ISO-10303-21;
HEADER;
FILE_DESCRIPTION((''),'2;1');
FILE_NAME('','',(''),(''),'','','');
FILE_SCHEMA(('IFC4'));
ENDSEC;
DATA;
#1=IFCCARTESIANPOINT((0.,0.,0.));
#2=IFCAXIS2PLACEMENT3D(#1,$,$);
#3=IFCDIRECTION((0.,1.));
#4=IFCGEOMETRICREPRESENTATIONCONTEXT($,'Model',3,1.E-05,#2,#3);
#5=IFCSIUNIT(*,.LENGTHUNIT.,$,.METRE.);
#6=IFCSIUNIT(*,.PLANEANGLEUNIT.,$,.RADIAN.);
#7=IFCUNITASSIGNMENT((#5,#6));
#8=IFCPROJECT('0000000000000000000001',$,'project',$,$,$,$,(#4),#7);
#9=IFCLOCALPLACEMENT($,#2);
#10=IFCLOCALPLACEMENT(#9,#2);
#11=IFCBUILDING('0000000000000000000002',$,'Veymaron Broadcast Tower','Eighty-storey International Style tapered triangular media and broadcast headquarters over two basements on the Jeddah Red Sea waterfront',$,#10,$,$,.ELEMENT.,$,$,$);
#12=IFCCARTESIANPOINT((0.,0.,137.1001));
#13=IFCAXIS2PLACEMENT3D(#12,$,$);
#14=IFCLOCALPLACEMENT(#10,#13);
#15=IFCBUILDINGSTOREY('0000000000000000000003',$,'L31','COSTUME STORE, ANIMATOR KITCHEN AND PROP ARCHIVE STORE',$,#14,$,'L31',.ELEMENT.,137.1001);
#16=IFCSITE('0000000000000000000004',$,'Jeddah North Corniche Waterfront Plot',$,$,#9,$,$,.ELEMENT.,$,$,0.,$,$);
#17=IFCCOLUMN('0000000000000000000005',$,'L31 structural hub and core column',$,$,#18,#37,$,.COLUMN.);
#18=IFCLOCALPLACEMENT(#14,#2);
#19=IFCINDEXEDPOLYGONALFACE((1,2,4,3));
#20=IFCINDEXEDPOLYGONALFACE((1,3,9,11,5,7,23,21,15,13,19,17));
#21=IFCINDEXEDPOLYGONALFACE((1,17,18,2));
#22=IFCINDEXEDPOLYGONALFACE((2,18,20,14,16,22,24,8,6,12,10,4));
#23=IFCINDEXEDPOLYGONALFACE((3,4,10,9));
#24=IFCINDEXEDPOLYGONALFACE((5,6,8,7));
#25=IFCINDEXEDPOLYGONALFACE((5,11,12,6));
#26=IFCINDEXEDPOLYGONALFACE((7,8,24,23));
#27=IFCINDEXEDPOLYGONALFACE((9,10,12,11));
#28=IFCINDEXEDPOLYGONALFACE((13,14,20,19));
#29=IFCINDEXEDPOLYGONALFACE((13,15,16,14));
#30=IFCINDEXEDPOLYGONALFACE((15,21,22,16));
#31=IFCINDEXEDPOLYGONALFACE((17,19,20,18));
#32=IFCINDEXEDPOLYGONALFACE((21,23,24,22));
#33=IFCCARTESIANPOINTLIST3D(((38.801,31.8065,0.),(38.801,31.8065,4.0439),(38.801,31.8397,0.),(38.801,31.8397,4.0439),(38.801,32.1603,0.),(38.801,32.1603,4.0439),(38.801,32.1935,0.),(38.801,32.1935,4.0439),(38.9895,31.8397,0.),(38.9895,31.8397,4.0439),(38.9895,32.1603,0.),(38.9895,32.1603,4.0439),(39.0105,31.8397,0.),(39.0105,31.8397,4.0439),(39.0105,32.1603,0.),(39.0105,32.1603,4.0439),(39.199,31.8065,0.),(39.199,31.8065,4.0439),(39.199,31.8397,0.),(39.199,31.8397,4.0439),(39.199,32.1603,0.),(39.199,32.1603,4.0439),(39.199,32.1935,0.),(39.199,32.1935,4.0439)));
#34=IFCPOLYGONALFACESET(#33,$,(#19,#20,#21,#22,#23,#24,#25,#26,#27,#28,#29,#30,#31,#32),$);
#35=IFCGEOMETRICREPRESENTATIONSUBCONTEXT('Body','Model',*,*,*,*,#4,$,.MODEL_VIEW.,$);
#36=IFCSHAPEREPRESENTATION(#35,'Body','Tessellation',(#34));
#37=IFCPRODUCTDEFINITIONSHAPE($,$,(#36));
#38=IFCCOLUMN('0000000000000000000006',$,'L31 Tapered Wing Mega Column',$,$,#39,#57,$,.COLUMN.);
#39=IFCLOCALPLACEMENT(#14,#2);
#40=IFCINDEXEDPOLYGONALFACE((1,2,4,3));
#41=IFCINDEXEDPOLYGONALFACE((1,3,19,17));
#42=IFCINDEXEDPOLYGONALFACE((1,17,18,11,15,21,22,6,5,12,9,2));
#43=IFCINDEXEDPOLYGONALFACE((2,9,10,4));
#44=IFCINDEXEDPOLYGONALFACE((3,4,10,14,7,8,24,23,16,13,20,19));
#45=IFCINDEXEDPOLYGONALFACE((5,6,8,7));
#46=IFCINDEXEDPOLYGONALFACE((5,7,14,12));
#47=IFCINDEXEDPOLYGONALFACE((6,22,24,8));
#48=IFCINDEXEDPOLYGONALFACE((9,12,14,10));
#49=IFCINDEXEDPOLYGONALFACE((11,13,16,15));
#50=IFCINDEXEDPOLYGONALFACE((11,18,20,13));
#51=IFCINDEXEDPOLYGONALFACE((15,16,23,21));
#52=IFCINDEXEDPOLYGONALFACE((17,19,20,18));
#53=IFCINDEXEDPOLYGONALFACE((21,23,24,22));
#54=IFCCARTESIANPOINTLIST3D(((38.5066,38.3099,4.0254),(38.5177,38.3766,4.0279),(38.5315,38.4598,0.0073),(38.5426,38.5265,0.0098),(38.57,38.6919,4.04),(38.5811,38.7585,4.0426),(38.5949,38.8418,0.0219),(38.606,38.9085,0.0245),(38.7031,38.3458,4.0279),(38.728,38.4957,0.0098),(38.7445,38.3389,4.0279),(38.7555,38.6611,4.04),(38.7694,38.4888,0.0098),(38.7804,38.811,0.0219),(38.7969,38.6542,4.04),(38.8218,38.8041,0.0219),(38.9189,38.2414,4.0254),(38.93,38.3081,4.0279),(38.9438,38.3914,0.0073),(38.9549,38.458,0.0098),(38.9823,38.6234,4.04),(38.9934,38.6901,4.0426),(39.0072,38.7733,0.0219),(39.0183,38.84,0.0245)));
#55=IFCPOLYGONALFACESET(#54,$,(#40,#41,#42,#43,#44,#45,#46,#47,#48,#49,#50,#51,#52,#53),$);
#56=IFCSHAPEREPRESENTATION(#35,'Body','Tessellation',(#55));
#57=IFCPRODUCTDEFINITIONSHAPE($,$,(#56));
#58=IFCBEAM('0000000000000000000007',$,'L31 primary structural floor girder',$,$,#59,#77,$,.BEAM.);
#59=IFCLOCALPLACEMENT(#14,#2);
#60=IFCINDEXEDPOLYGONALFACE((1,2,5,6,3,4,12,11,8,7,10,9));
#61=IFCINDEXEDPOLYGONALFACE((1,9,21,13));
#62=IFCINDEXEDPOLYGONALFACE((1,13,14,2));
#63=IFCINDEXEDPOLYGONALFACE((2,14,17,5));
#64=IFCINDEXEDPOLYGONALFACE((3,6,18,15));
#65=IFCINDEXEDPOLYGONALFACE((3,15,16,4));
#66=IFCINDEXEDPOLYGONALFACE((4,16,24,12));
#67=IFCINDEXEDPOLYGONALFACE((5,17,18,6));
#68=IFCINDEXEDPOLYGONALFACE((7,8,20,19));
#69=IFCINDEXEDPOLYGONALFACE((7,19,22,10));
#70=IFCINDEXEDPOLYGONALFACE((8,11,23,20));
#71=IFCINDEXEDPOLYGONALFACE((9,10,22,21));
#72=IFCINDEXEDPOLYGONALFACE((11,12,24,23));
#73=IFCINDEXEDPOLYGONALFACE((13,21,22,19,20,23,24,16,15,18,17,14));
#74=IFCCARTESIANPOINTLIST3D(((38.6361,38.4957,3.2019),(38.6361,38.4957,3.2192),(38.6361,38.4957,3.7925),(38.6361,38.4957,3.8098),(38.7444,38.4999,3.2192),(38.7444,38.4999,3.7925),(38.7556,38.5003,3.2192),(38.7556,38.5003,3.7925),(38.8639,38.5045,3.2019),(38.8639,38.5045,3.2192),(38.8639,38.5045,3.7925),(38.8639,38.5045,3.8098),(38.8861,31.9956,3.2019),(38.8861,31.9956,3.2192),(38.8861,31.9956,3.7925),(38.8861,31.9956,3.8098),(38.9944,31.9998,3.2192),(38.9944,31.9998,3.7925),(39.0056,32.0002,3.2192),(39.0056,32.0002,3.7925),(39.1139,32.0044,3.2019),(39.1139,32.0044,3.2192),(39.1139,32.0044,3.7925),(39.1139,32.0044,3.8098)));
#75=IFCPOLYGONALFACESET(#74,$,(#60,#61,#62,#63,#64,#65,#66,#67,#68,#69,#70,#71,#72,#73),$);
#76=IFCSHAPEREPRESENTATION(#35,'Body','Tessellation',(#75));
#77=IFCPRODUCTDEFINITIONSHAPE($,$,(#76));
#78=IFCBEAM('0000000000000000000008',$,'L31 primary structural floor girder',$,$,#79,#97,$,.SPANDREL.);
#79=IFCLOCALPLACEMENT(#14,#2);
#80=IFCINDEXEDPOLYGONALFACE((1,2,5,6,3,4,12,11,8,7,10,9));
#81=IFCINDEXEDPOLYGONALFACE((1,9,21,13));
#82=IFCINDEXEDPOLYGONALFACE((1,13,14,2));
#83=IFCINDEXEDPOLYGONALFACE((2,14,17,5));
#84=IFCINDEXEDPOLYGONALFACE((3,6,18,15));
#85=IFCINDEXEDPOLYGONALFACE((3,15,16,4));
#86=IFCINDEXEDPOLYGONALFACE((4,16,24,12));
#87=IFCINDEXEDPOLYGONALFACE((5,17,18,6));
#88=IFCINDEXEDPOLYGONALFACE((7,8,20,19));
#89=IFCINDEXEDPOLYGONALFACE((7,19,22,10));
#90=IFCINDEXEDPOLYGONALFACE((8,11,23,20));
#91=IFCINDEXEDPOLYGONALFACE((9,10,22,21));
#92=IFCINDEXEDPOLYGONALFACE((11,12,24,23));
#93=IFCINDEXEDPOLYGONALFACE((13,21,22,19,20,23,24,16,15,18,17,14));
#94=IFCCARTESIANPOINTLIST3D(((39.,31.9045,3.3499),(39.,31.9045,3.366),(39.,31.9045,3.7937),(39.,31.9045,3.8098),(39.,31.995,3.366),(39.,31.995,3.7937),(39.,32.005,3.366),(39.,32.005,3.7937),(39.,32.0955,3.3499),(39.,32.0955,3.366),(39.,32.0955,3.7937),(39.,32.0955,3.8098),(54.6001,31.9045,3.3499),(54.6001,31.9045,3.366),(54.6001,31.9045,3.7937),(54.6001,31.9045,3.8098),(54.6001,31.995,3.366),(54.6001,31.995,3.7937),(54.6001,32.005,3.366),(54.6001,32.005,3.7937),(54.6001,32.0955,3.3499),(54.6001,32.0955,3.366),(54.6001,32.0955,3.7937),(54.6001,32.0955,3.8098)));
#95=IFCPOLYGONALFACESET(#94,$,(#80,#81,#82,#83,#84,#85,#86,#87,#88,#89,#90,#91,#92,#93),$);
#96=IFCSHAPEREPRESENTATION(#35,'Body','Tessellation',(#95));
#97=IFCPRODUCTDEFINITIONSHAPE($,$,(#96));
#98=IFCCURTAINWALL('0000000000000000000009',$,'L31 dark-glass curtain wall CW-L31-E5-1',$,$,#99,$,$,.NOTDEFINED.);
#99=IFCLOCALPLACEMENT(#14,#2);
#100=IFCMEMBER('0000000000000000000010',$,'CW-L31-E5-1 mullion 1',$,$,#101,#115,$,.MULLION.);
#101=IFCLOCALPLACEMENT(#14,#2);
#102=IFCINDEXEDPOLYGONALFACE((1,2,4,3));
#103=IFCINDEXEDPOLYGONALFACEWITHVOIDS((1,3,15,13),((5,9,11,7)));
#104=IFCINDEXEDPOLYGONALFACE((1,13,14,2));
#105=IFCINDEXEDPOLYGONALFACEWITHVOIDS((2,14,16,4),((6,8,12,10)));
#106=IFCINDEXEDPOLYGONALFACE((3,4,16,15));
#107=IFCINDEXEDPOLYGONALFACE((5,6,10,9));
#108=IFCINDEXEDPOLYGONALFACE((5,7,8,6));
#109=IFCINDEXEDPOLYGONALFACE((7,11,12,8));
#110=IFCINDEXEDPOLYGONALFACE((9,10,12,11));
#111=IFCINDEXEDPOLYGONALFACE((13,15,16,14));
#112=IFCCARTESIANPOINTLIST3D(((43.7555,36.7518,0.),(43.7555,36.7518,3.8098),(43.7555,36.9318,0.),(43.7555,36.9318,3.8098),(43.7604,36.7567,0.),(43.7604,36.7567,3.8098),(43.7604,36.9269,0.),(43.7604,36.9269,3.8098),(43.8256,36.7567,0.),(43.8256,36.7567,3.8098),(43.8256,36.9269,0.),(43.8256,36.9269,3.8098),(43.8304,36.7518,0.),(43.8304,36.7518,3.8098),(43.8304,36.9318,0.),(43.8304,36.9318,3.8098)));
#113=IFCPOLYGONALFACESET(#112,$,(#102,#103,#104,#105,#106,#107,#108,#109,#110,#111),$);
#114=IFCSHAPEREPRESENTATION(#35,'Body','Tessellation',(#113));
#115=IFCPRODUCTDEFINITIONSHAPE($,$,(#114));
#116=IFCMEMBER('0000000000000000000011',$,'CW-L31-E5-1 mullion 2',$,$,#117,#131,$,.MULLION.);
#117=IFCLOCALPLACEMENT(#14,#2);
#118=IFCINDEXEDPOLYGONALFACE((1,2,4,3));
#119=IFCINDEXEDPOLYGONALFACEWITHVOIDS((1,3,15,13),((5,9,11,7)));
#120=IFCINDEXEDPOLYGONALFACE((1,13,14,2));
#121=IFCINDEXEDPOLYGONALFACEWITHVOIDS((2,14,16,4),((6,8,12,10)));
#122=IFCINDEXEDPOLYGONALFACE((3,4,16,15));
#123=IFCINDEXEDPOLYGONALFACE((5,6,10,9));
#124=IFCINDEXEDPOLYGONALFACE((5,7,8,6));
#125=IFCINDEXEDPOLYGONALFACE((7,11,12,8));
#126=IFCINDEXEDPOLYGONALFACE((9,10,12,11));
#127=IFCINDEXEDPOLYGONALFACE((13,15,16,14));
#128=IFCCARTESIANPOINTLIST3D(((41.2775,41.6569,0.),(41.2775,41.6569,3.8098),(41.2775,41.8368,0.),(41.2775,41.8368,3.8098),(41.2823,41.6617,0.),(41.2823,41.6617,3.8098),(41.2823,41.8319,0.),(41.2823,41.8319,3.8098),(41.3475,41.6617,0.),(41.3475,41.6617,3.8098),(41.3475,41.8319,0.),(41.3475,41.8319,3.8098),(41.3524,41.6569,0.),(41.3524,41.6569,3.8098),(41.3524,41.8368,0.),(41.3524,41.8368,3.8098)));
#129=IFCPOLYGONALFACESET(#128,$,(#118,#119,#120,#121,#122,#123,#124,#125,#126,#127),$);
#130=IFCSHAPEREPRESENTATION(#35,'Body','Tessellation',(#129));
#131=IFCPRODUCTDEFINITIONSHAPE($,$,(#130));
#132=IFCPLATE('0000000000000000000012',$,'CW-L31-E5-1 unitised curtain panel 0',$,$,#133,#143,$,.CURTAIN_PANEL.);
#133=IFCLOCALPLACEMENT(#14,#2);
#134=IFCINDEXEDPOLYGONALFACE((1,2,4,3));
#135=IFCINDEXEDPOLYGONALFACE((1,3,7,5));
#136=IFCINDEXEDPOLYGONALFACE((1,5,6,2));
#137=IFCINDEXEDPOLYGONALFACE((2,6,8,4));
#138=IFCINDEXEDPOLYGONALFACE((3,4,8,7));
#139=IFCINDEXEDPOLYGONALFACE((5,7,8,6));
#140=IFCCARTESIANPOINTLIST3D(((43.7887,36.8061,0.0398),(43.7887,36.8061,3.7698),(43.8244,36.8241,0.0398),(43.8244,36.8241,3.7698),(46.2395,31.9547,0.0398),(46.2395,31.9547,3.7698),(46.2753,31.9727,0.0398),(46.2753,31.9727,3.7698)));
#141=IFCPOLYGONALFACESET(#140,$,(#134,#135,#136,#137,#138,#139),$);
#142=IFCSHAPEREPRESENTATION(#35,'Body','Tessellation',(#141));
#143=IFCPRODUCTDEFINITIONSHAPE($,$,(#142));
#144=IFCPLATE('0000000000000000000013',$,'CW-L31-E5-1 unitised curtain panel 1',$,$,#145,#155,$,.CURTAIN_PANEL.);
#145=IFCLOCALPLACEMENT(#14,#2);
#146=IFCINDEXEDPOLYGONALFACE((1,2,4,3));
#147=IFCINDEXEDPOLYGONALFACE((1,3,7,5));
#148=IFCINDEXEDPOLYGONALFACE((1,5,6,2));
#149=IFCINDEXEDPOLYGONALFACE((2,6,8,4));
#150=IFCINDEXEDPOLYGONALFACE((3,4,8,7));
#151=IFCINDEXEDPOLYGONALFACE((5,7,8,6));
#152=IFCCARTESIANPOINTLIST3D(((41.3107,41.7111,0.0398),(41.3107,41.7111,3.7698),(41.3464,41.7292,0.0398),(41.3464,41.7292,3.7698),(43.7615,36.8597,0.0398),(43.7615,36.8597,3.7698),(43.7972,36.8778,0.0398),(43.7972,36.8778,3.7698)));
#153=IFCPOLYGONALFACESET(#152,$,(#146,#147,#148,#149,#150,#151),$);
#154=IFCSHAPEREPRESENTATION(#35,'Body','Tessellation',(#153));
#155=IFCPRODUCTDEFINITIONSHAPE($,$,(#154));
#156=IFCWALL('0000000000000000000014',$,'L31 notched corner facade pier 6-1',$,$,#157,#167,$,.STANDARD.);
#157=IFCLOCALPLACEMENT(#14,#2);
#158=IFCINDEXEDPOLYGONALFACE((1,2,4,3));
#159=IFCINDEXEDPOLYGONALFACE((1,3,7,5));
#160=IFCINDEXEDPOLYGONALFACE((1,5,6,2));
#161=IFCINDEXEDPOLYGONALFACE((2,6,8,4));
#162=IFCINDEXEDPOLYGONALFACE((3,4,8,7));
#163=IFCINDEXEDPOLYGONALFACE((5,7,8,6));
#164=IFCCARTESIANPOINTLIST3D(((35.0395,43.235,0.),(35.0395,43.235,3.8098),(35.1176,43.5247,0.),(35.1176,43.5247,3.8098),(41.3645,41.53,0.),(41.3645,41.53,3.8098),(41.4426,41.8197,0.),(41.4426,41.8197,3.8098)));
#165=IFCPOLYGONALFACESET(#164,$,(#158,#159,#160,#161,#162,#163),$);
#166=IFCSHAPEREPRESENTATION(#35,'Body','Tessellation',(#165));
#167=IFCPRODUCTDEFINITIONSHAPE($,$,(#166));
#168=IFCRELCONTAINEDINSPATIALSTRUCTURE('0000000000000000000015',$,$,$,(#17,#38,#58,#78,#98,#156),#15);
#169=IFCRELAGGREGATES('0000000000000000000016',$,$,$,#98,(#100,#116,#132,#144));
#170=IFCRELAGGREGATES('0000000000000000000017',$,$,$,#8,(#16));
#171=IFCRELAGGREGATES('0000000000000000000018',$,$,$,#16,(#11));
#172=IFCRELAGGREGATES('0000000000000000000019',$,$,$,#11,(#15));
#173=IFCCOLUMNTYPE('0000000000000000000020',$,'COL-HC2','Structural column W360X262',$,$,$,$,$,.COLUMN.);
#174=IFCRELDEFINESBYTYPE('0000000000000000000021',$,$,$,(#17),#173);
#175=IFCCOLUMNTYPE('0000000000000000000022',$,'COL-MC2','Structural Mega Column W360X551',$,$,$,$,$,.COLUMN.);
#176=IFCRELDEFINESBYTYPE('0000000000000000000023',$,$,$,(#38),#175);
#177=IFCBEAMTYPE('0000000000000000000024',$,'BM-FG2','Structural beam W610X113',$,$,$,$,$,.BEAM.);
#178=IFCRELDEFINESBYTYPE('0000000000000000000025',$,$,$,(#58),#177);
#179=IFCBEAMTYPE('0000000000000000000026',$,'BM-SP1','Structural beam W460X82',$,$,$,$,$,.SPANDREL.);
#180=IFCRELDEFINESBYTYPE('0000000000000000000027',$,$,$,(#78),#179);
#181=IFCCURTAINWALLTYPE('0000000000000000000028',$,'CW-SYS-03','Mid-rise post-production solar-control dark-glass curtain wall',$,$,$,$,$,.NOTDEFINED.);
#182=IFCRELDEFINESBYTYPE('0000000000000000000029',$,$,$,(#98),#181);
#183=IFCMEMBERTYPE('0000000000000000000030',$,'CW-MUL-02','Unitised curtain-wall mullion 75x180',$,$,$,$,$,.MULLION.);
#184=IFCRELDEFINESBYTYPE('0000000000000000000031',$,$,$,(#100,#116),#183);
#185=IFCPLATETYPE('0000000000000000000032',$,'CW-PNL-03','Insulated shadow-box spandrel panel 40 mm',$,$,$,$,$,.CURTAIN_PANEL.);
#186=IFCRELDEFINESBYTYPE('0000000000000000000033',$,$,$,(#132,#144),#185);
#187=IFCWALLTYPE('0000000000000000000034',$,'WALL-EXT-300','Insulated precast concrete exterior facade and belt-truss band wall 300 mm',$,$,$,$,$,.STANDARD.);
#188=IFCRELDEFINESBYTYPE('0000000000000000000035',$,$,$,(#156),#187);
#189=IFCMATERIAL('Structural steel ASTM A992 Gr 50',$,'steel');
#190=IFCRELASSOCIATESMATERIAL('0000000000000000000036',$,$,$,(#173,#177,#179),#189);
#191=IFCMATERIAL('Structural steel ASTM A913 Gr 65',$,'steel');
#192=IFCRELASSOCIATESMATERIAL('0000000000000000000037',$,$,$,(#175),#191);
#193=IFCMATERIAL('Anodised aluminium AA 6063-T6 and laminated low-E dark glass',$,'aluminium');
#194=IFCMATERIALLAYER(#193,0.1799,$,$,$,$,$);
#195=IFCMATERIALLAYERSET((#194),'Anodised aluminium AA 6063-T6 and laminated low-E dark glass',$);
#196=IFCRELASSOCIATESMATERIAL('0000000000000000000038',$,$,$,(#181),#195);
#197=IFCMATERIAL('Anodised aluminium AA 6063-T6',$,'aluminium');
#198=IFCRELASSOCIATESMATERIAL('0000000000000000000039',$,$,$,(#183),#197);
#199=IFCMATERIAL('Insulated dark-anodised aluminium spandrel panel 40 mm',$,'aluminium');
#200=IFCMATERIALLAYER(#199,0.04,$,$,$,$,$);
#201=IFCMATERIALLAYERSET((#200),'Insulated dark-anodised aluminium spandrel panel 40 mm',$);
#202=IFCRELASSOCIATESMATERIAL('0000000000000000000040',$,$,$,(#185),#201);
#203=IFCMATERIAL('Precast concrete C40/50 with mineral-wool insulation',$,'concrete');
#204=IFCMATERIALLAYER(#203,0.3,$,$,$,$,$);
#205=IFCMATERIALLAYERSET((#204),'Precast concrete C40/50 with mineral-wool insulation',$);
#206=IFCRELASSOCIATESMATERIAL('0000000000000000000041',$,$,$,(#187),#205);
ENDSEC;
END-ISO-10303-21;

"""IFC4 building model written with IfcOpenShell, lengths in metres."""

from ifc_helpers import new_model, si_unit, direction, frame, frame_2d, origin, origin_2d, place, context, subcontext, project, spatial, rectangle, hollow_rectangle, i_section, extrude, material, layer, layer_set, material_profile, profile_set, type_object, element, aggregate, save


model = new_model("IFC4")

# Units and contexts
model_context = context("Model", 3, precision=1e-05, world=origin(), true_north=direction((0.0, 1.0)))
body_context = subcontext(model_context, "Body", "Model", "MODEL_VIEW")
ifc_project = project(units=[si_unit("LENGTHUNIT", "METRE"), si_unit("PLANEANGLEUNIT", "RADIAN")], contexts=[model_context])

# Site, building, storey
site_placement = place(None, origin())
site = spatial("IfcSite", under=ifc_project, at=site_placement, Name="Jeddah North Corniche Waterfront Plot", CompositionType="ELEMENT", RefElevation=0.0)
building_placement = place(site_placement, origin())
building = spatial("IfcBuilding", under=site, at=building_placement, Name="Veymaron Broadcast Tower", Description="Eighty-storey International Style tapered triangular media and broadcast headquarters over two basements on the Jeddah Red Sea waterfront", CompositionType="ELEMENT")
storey_placement = place(building_placement, frame((0.0, 0.0, 137.1001)))
storey = spatial("IfcBuildingStorey", under=building, at=storey_placement, Name="L31", Description="COSTUME STORE, ANIMATOR KITCHEN AND PROP ARCHIVE STORE", LongName="L31", CompositionType="ELEMENT", Elevation=137.1001)

# Columns
ifc_material_1 = material(Name="Structural steel ASTM A992 Gr 50", Category="steel")
ifc_material_profile_1 = material_profile(ifc_material_1, i_section(OverallWidth=0.3979, OverallDepth=0.387, WebThickness=0.021, FlangeThickness=0.0332, at=origin_2d()), Name="W360X262")
ifc_profile_set_1 = profile_set([ifc_material_profile_1], Name="Structural steel ASTM A992 Gr 50")
column_type_1 = type_object("IfcColumnType", Name="COL-HC2", Description="Structural column W360X262", PredefinedType="COLUMN", material=ifc_profile_set_1)
column_1_placement = place(storey_placement, frame((39.0, 32.0, 0.0), z_axis=(0.0, 0.0, 1.0), x_axis=(1.0, 0.0, 0.0)))
element("IfcColumn", 1, at=column_1_placement, inside=storey, type_object=column_type_1, Name="L31 structural hub and core column", PredefinedType="COLUMN", context=body_context, shape_type="SweptSolid", body=[
    extrude(i_section(OverallWidth=0.3979, OverallDepth=0.387, WebThickness=0.021, FlangeThickness=0.0332, at=origin_2d()), origin(), (0.0, 0.0, 1.0), 4.0439),
])
ifc_material_2 = material(Name="Structural steel ASTM A913 Gr 65", Category="steel")
ifc_material_profile_2 = material_profile(ifc_material_2, i_section(OverallWidth=0.418, OverallDepth=0.4551, WebThickness=0.042, FlangeThickness=0.0676, at=origin_2d()), Name="W360X551")
ifc_profile_set_2 = profile_set([ifc_material_profile_2], Name="Structural steel ASTM A913 Gr 65")
column_type_2 = type_object("IfcColumnType", Name="COL-MC2", Description="Structural Mega Column W360X551", PredefinedType="COLUMN", material=ifc_profile_set_2)
column_2_placement = place(storey_placement, frame((38.7749, 38.6499, 0.0159), z_axis=(-0.006193, -0.03728, 0.999286), x_axis=(0.986481, -0.163878, 0.0)))
element("IfcColumn", 2, at=column_2_placement, inside=storey, type_object=column_type_2, Name="L31 Tapered Wing Mega Column", PredefinedType="COLUMN", context=body_context, shape_type="SweptSolid", body=[
    extrude(i_section(OverallWidth=0.418, OverallDepth=0.4551, WebThickness=0.042, FlangeThickness=0.0676, at=origin_2d()), origin(), (0.0, 0.0, 1.0), 4.021),
])

# Beams
ifc_material_profile_3 = material_profile(ifc_material_1, i_section(OverallWidth=0.228, OverallDepth=0.6079, WebThickness=0.0112, FlangeThickness=0.0173, at=origin_2d()), Name="W610X113")
ifc_profile_set_3 = profile_set([ifc_material_profile_3], Name="Structural steel ASTM A992 Gr 50")
beam_type_1 = type_object("IfcBeamType", Name="BM-FG2", Description="Structural beam W610X113", PredefinedType="BEAM", material=ifc_profile_set_3)
beam_1_placement = place(storey_placement, frame((39.0, 32.0, 3.5059), z_axis=(-0.038433, 0.999261, 0.0), x_axis=(-0.999261, -0.038433, 0.0)))
element("IfcBeam", 3, at=beam_1_placement, inside=storey, type_object=beam_type_1, Name="L31 primary structural floor girder", PredefinedType="BEAM", context=body_context, shape_type="SweptSolid", body=[
    extrude(i_section(OverallWidth=0.228, OverallDepth=0.6079, WebThickness=0.0112, FlangeThickness=0.0173, at=origin_2d()), origin(), (0.0, 0.0, 1.0), 6.5049),
])
ifc_material_profile_4 = material_profile(ifc_material_1, i_section(OverallWidth=0.1909, OverallDepth=0.46, WebThickness=0.01, FlangeThickness=0.0161, at=origin_2d()), Name="W460X82")
ifc_profile_set_4 = profile_set([ifc_material_profile_4], Name="Structural steel ASTM A992 Gr 50")
beam_type_2 = type_object("IfcBeamType", Name="BM-SP1", Description="Structural beam W460X82", PredefinedType="SPANDREL", material=ifc_profile_set_4)
beam_2_placement = place(storey_placement, frame((39.0, 32.0, 3.5798), z_axis=(1.0, 0.0, 0.0), x_axis=(0.0, 1.0, 0.0)))
element("IfcBeam", 4, at=beam_2_placement, inside=storey, type_object=beam_type_2, Name="L31 primary structural floor girder", PredefinedType="SPANDREL", context=body_context, shape_type="SweptSolid", body=[
    extrude(i_section(OverallWidth=0.1909, OverallDepth=0.46, WebThickness=0.01, FlangeThickness=0.0161, at=origin_2d()), origin(), (0.0, 0.0, 1.0), 15.6001),
])

# Curtain wall, members, plates
ifc_material_3 = material(Name="Anodised aluminium AA 6063-T6 and laminated low-E dark glass", Category="aluminium")
ifc_layer_1 = layer(ifc_material_3, 0.1799)
ifc_layer_set_1 = layer_set([ifc_layer_1], Name="Anodised aluminium AA 6063-T6 and laminated low-E dark glass")
curtain_wall_type = type_object("IfcCurtainWallType", Name="CW-SYS-03", Description="Mid-rise post-production solar-control dark-glass curtain wall", PredefinedType="NOTDEFINED", material=ifc_layer_set_1)
curtain_wall_placement = place(storey_placement, origin())
curtain_wall = element("IfcCurtainWall", 5, at=curtain_wall_placement, inside=storey, type_object=curtain_wall_type, Name="L31 dark-glass curtain wall CW-L31-E5-1", PredefinedType="NOTDEFINED")
ifc_material_4 = material(Name="Anodised aluminium AA 6063-T6", Category="aluminium")
ifc_material_profile_5 = material_profile(ifc_material_4, hollow_rectangle(XDim=0.075, YDim=0.1799, WallThickness=0.0049, at=origin_2d()), Name="AL180X75X5")
ifc_profile_set_5 = profile_set([ifc_material_profile_5], Name="Anodised aluminium AA 6063-T6")
member_type = type_object("IfcMemberType", Name="CW-MUL-02", Description="Unitised curtain-wall mullion 75x180", PredefinedType="MULLION", material=ifc_profile_set_5)
member_1_placement = place(storey_placement, frame((43.793, 36.8418, 0.0), z_axis=(0.0, 0.0, 1.0), x_axis=(1.0, 0.0, 0.0)))
member_1 = element("IfcMember", 6, at=member_1_placement, type_object=member_type, Name="CW-L31-E5-1 mullion 1", PredefinedType="MULLION", context=body_context, shape_type="SweptSolid", body=[
    extrude(hollow_rectangle(XDim=0.075, YDim=0.1799, WallThickness=0.0049, at=origin_2d()), origin(), (0.0, 0.0, 1.0), 3.8098),
])
member_2_placement = place(storey_placement, frame((41.3149, 41.7468, 0.0), z_axis=(0.0, 0.0, 1.0), x_axis=(1.0, 0.0, 0.0)))
member_2 = element("IfcMember", 7, at=member_2_placement, type_object=member_type, Name="CW-L31-E5-1 mullion 2", PredefinedType="MULLION", context=body_context, shape_type="SweptSolid", body=[
    extrude(hollow_rectangle(XDim=0.075, YDim=0.1799, WallThickness=0.0049, at=origin_2d()), origin(), (0.0, 0.0, 1.0), 3.8098),
])
ifc_material_5 = material(Name="Insulated dark-anodised aluminium spandrel panel 40 mm", Category="aluminium")
ifc_layer_2 = layer(ifc_material_5, 0.04)
ifc_layer_set_2 = layer_set([ifc_layer_2], Name="Insulated dark-anodised aluminium spandrel panel 40 mm")
plate_type = type_object("IfcPlateType", Name="CW-PNL-03", Description="Insulated shadow-box spandrel panel 40 mm", PredefinedType="CURTAIN_PANEL", material=ifc_layer_set_2)
plate_1_placement = place(storey_placement, frame((45.032, 34.3894, 0.0398), z_axis=(0.0, 0.0, 1.0), x_axis=(-0.450909, 0.89257, 0.0)))
plate_1 = element("IfcPlate", 8, at=plate_1_placement, type_object=plate_type, Name="CW-L31-E5-1 unitised curtain panel 0", PredefinedType="CURTAIN_PANEL", context=body_context, shape_type="SweptSolid", body=[
    extrude(rectangle(XDim=5.4353, YDim=0.04, at=origin_2d()), origin(), (0.0, 0.0, 1.0), 3.73),
])
plate_2_placement = place(storey_placement, frame((42.554, 39.2944, 0.0398), z_axis=(0.0, 0.0, 1.0), x_axis=(-0.450909, 0.89257, 0.0)))
plate_2 = element("IfcPlate", 9, at=plate_2_placement, type_object=plate_type, Name="CW-L31-E5-1 unitised curtain panel 1", PredefinedType="CURTAIN_PANEL", context=body_context, shape_type="SweptSolid", body=[
    extrude(rectangle(XDim=5.4353, YDim=0.04, at=origin_2d()), origin(), (0.0, 0.0, 1.0), 3.73),
])
aggregate(curtain_wall, [member_1, member_2, plate_1, plate_2])

# Wall
ifc_material_6 = material(Name="Precast concrete C40/50 with mineral-wool insulation", Category="concrete")
ifc_layer_3 = layer(ifc_material_6, 0.3)
ifc_layer_set_3 = layer_set([ifc_layer_3], Name="Precast concrete C40/50 with mineral-wool insulation")
wall_type_1 = type_object("IfcWallType", Name="WALL-EXT-300", Description="Insulated precast concrete exterior facade and belt-truss band wall 300 mm", PredefinedType="STANDARD", material=ifc_layer_set_3)
wall_1_placement = place(storey_placement, frame((41.4036, 41.6748, 0.0), z_axis=(0.0, 0.0, 1.0), x_axis=(-0.965531, 0.260288, 0.0)))
element("IfcWall", 10, at=wall_1_placement, inside=storey, type_object=wall_type_1, Name="L31 notched corner facade pier 6-1", PredefinedType="STANDARD", context=body_context, shape_type="SweptSolid", body=[
    extrude(rectangle(XDim=6.5508, YDim=0.3, at=frame_2d((3.2754, 0.0))), origin(), (0.0, 0.0, 1.0), 3.8098),
])

save(model, "model.ifc")
